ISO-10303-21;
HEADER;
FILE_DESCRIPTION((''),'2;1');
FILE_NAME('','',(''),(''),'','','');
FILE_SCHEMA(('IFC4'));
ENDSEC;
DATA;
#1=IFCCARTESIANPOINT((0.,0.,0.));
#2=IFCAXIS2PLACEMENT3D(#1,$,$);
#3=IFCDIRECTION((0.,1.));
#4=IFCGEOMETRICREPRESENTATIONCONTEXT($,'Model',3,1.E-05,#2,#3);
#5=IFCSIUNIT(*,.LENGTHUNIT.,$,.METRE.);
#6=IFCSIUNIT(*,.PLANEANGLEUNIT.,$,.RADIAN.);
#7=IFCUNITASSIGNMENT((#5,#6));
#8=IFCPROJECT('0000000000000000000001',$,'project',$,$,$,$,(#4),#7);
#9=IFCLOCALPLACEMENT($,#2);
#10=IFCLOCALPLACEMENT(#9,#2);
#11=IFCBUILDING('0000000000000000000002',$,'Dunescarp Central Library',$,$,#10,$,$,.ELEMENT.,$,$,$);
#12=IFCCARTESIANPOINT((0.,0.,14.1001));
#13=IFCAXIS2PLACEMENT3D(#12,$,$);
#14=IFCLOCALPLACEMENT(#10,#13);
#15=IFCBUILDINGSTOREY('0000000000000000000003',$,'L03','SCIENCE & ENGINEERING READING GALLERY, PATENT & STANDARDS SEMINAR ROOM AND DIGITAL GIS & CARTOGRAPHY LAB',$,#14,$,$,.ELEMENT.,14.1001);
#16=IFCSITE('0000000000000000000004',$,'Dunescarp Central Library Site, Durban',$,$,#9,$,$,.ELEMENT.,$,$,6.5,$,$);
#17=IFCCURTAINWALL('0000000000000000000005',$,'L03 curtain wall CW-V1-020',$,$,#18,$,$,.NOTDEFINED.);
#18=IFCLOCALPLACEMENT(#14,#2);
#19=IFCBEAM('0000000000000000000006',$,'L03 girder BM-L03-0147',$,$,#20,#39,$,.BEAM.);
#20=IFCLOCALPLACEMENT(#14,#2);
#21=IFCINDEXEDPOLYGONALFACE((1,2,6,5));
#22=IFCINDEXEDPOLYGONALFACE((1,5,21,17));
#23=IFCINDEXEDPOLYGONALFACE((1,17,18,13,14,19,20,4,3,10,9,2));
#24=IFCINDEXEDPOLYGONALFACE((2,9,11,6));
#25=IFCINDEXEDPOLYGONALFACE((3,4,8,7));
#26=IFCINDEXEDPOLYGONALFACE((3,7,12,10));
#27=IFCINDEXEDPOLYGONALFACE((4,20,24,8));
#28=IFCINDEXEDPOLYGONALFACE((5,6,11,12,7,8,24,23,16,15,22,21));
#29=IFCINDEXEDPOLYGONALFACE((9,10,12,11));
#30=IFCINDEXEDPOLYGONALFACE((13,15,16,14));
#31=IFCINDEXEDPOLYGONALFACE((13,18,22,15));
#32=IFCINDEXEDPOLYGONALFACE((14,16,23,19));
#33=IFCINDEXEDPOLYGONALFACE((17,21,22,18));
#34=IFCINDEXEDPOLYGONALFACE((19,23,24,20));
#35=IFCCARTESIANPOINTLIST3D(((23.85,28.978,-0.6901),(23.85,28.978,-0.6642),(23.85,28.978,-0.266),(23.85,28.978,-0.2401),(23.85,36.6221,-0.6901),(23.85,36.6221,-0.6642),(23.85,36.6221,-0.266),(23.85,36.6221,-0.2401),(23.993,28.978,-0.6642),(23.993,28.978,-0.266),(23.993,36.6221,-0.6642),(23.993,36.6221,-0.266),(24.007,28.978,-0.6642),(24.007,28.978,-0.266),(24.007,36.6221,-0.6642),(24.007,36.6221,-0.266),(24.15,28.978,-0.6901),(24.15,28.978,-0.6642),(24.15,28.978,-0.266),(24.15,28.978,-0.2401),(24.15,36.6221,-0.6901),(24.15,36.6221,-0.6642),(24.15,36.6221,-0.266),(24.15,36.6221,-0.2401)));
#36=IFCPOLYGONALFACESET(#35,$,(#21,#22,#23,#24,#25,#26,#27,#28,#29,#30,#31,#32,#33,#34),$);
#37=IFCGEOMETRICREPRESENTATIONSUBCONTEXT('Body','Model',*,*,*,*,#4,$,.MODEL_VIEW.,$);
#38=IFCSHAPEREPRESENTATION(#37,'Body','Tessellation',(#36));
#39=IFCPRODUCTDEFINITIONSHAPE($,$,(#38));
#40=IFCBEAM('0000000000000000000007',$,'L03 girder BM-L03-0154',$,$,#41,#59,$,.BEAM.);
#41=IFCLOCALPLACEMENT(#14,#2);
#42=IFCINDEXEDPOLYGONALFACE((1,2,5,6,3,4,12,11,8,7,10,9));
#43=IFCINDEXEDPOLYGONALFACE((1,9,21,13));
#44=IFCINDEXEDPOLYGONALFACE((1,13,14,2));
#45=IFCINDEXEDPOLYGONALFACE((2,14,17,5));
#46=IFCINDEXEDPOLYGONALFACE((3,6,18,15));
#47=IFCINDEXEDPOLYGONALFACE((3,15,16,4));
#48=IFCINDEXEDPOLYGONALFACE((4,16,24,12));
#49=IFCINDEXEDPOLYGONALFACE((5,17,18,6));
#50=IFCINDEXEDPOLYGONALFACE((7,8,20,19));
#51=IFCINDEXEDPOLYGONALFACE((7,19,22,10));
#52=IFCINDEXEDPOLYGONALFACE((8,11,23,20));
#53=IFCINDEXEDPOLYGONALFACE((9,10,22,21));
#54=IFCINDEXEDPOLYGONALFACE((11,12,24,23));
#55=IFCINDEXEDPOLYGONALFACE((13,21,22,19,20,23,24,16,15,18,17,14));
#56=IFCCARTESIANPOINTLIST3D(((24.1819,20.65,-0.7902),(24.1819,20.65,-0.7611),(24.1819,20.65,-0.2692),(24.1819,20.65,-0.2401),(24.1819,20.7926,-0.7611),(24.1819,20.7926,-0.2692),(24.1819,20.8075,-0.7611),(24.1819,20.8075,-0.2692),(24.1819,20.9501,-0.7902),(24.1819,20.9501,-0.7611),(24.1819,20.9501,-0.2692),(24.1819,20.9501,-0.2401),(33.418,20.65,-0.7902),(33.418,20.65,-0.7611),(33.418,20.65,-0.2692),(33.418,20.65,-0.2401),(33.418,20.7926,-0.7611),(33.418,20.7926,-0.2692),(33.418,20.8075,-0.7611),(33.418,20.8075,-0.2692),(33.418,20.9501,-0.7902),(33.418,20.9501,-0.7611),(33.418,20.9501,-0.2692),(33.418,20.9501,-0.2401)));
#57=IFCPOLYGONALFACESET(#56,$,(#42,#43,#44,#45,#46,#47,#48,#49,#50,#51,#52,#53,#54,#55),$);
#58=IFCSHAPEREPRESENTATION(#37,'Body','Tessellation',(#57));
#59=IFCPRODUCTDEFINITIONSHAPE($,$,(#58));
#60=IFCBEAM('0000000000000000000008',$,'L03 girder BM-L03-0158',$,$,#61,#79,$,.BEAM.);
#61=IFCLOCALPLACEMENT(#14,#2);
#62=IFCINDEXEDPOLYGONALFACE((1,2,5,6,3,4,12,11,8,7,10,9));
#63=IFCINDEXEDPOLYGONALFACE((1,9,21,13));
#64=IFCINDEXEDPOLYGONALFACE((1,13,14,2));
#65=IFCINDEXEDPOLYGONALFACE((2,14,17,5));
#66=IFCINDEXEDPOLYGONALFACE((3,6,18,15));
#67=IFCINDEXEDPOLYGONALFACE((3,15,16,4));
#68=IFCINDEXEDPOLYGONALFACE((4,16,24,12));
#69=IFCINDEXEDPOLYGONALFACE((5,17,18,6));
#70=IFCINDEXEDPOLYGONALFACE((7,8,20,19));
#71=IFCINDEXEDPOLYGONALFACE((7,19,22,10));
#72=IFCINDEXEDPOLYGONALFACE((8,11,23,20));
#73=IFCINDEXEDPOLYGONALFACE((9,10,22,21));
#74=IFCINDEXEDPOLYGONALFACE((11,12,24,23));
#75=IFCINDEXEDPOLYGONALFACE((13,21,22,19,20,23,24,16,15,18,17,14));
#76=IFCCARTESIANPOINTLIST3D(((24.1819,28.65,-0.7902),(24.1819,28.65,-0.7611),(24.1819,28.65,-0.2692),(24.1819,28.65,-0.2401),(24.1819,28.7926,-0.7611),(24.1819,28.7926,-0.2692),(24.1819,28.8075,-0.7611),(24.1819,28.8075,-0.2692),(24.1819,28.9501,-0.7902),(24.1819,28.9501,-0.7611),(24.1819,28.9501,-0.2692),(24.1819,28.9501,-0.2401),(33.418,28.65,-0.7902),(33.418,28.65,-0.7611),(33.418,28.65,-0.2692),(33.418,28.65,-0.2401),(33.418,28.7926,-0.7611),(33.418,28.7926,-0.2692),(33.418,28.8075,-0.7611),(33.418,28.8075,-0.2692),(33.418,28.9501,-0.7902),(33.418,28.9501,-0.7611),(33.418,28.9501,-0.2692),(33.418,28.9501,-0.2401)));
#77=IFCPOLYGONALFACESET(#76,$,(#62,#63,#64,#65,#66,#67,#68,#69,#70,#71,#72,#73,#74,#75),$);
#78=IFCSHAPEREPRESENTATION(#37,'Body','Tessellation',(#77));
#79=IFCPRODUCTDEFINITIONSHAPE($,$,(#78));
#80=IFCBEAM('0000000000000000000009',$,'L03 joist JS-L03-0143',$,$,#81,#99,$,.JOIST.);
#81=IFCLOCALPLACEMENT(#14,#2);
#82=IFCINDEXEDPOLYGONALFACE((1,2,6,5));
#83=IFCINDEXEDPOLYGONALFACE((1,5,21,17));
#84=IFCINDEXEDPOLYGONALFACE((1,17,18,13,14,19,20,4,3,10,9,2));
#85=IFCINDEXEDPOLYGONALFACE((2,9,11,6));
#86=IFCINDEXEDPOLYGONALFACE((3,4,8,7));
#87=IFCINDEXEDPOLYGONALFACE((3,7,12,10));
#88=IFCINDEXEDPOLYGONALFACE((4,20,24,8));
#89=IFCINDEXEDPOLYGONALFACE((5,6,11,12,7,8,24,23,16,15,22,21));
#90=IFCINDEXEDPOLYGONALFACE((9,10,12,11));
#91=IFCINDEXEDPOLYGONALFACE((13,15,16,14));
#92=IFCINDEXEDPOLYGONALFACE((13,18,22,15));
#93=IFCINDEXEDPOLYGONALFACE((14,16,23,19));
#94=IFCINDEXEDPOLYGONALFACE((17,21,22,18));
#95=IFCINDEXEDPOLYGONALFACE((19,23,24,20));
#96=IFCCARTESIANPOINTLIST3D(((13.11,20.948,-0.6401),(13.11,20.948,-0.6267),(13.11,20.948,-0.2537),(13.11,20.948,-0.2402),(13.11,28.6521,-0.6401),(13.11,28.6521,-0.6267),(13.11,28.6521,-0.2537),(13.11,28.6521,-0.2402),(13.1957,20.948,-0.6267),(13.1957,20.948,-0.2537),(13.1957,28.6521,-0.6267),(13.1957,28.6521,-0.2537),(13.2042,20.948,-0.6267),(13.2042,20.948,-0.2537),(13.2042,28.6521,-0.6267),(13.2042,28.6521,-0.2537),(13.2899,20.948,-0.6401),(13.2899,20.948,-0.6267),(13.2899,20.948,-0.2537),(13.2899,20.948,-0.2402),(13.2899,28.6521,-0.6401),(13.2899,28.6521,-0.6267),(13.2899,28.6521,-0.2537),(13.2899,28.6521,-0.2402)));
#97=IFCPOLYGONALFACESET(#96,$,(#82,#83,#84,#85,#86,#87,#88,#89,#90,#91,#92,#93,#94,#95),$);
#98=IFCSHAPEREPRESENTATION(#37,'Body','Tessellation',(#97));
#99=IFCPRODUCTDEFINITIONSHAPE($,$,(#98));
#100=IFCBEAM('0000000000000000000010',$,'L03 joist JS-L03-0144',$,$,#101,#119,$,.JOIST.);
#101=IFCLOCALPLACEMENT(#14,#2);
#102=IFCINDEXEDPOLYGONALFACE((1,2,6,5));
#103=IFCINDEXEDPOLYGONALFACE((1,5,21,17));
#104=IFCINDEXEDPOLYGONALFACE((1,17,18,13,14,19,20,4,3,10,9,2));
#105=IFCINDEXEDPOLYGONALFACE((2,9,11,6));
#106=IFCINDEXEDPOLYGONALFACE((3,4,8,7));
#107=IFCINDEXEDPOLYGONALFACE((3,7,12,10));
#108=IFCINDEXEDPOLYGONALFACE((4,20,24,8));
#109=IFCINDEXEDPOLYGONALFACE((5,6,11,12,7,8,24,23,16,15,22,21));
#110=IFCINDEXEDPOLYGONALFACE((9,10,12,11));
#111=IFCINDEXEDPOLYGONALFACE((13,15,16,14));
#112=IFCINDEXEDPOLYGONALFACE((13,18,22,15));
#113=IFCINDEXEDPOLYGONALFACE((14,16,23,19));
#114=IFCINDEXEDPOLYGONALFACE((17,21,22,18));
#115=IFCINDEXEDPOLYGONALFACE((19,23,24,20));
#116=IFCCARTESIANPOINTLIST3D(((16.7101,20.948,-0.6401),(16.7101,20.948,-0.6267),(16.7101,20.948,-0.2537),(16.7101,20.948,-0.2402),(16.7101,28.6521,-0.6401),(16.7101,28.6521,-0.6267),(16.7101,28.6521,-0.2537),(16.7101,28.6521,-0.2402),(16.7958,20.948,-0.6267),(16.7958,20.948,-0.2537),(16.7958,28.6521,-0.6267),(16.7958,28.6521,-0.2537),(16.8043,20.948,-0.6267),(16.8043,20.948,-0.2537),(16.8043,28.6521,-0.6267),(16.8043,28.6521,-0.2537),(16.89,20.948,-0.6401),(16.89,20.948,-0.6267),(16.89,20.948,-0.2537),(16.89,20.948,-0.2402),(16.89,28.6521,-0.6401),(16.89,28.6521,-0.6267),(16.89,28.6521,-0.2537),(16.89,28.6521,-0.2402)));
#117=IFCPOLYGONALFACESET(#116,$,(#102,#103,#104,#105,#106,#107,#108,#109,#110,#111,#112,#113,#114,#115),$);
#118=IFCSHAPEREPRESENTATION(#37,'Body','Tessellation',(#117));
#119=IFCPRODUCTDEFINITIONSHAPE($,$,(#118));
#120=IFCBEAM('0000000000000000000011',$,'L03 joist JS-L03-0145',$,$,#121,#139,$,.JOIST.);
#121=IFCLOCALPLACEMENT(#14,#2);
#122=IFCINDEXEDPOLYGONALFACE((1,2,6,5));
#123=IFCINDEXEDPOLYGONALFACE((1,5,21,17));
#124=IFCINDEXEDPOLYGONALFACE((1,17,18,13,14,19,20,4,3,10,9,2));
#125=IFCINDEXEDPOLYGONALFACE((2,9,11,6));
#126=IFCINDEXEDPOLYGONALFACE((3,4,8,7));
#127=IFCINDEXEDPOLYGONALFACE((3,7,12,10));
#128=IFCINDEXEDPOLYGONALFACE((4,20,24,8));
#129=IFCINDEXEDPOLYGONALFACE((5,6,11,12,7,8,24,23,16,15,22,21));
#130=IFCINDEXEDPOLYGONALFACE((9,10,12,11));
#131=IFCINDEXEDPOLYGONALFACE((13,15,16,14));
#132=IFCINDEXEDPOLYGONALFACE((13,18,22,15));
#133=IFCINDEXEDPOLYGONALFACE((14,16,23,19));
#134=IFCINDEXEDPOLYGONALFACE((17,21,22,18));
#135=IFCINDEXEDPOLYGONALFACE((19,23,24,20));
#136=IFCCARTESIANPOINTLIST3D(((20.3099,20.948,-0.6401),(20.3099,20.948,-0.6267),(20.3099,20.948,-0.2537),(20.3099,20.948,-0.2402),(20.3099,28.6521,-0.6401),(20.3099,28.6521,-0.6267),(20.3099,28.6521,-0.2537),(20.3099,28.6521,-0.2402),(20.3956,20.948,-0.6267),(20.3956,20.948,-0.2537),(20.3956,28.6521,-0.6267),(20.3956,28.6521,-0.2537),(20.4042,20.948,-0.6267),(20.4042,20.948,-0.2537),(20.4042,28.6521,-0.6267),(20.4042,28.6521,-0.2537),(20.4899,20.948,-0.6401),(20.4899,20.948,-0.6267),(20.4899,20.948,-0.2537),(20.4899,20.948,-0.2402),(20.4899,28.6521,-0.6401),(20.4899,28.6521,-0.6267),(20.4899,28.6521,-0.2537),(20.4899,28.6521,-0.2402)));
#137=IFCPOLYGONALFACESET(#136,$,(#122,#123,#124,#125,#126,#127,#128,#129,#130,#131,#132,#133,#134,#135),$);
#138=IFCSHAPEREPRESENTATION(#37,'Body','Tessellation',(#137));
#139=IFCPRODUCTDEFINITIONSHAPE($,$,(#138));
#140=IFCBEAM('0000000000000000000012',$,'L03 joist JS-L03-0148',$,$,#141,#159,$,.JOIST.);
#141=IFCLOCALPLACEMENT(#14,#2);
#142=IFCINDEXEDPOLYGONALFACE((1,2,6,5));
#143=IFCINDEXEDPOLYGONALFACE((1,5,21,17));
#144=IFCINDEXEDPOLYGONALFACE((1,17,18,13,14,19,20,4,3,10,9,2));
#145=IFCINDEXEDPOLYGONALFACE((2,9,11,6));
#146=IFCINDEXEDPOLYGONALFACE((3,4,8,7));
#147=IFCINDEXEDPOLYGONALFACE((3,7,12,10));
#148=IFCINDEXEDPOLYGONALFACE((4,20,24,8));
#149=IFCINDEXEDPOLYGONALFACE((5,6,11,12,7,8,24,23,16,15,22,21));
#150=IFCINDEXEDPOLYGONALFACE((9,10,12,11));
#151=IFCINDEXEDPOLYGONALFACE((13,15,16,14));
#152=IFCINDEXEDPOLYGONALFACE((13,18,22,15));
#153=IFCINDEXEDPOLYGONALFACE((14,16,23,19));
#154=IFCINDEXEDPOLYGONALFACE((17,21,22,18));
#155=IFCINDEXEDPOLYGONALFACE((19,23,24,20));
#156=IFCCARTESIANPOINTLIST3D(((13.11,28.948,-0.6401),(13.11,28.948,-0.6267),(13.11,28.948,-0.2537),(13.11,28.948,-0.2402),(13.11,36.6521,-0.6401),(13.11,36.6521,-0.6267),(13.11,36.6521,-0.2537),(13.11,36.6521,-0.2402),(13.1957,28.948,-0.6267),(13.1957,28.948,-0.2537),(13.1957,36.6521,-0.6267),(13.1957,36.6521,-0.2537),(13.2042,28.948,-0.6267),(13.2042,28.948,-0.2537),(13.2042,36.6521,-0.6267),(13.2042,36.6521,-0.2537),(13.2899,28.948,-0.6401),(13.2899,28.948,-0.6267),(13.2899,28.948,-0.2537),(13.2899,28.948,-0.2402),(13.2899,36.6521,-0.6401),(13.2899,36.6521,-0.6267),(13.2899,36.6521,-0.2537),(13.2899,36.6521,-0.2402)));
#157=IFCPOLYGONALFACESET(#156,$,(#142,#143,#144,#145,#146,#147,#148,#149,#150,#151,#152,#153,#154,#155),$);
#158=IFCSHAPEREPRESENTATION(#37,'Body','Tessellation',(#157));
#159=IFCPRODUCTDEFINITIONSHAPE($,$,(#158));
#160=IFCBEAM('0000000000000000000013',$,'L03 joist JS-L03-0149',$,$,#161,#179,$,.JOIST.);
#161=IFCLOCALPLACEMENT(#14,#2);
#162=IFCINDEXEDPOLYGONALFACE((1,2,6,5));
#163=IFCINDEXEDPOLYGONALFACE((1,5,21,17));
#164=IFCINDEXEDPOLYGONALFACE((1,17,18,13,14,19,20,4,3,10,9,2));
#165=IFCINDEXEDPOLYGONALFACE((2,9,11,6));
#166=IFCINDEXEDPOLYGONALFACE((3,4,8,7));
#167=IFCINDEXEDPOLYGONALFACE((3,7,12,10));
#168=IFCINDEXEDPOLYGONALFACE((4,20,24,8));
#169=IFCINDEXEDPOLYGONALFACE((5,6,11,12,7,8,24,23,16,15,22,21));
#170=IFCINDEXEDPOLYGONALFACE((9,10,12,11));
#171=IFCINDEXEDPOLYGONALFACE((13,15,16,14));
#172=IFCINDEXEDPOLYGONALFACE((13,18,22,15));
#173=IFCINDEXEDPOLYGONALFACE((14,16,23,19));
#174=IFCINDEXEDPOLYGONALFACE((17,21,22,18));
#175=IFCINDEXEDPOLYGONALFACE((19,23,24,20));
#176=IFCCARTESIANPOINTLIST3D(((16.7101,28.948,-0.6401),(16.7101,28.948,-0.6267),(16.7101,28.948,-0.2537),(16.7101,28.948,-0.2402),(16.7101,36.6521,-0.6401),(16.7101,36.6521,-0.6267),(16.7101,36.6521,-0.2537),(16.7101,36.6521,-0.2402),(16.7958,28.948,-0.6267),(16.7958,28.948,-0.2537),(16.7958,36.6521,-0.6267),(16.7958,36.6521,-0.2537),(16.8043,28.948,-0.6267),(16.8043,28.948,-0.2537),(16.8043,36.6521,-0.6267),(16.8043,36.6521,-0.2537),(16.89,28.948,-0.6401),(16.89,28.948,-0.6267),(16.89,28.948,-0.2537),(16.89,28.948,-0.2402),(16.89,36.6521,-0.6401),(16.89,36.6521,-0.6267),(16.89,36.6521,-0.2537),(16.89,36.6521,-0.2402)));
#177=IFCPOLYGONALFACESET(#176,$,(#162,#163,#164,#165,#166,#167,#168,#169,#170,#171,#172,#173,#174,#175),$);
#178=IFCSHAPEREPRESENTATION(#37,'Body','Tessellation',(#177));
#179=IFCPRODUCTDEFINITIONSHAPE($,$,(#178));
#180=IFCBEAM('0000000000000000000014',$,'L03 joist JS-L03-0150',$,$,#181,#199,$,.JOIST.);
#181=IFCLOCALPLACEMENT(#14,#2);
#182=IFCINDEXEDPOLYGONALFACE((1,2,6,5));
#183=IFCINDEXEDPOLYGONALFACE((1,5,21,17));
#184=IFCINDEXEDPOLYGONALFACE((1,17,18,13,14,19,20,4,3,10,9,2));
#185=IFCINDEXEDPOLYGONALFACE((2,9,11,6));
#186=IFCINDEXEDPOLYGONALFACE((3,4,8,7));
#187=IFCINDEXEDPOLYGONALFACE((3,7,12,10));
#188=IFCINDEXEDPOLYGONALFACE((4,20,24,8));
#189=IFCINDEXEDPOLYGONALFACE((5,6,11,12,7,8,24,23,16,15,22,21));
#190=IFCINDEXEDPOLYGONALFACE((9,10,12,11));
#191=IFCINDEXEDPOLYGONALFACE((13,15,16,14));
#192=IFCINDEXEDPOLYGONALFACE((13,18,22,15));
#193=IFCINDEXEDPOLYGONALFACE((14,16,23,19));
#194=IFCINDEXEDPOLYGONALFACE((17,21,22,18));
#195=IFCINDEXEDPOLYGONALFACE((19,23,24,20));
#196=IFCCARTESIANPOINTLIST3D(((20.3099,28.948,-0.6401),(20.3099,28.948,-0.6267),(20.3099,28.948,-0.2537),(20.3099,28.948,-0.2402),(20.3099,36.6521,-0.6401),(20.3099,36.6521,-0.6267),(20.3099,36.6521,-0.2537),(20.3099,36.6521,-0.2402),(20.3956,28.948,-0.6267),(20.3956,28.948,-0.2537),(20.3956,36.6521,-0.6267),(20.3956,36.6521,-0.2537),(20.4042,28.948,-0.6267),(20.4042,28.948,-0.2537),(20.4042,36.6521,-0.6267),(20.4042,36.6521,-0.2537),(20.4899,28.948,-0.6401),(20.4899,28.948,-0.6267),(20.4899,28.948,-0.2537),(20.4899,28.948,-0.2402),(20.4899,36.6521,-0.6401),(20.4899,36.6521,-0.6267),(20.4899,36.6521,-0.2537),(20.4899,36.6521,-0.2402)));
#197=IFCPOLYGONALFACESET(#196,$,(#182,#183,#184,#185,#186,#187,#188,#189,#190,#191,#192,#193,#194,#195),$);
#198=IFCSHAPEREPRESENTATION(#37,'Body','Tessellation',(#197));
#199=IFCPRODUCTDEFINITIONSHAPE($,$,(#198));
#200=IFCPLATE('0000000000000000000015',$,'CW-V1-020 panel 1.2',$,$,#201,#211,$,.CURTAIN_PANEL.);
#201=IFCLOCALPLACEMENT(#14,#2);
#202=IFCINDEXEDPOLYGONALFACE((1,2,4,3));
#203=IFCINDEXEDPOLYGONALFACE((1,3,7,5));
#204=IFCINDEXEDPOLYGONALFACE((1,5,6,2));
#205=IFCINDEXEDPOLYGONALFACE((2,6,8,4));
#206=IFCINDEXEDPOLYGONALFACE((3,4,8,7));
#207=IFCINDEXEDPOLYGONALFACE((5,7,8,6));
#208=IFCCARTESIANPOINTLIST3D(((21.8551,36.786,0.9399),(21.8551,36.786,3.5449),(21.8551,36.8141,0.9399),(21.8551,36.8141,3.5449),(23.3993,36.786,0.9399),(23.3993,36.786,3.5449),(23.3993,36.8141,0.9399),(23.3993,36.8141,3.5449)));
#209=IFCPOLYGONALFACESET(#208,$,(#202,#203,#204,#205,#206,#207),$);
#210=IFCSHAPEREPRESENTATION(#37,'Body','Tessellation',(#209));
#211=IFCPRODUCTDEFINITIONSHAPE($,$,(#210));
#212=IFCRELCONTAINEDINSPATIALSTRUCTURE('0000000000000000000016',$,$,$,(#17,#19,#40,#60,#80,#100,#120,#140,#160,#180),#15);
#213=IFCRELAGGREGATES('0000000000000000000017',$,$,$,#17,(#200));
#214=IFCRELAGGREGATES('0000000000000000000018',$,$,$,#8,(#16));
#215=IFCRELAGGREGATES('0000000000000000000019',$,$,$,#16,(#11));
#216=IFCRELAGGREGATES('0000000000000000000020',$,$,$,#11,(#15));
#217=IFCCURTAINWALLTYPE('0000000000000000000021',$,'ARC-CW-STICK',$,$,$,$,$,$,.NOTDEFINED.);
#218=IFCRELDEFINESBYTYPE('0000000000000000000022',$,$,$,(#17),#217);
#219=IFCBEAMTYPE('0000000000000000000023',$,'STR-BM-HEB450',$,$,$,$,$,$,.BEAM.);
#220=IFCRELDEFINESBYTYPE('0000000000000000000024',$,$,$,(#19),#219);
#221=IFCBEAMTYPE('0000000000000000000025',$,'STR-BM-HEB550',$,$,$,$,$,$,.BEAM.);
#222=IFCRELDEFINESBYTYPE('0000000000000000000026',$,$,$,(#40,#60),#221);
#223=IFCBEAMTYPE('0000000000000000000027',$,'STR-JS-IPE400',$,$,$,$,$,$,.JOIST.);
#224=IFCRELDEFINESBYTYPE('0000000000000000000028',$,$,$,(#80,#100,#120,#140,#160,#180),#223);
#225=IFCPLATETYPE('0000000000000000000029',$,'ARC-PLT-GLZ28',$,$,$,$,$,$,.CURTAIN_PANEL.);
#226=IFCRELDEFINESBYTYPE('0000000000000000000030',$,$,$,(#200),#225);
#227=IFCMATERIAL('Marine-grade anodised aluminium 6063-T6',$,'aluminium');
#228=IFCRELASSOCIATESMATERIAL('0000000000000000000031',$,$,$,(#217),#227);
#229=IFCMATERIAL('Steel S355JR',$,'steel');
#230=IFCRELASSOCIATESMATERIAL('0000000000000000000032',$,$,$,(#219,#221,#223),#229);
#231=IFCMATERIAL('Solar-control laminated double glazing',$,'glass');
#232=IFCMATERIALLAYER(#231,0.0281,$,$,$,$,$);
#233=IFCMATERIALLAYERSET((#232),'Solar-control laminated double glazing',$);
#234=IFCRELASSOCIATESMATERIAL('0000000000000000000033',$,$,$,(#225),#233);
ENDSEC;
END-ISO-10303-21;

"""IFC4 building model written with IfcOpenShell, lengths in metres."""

from ifc_helpers import new_model, si_unit, direction, frame, origin, origin_2d, place, context, subcontext, project, spatial, rectangle, i_section, extrude, material, layer, layer_set, material_profile, profile_set, type_object, element, aggregate, save


model = new_model("IFC4")

# Units and contexts
model_context = context("Model", 3, precision=1e-05, world=origin(), true_north=direction((0.0, 1.0)))
body_context = subcontext(model_context, "Body", "Model", "MODEL_VIEW")
ifc_project = project(units=[si_unit("LENGTHUNIT", "METRE"), si_unit("PLANEANGLEUNIT", "RADIAN")], contexts=[model_context])

# Site, building, storey
site_placement = place(None, origin())
site = spatial("IfcSite", under=ifc_project, at=site_placement, Name="Dunescarp Central Library Site, Durban", CompositionType="ELEMENT", RefElevation=6.5)
building_placement = place(site_placement, origin())
building = spatial("IfcBuilding", under=site, at=building_placement, Name="Dunescarp Central Library", CompositionType="ELEMENT")
storey_placement = place(building_placement, frame((0.0, 0.0, 14.1001)))
storey = spatial("IfcBuildingStorey", under=building, at=storey_placement, Name="L03", Description="SCIENCE & ENGINEERING READING GALLERY, PATENT & STANDARDS SEMINAR ROOM AND DIGITAL GIS & CARTOGRAPHY LAB", CompositionType="ELEMENT", Elevation=14.1001)

# Shared definitions
ifc_material_1 = material(Name="Steel S355JR", Category="steel")

# Curtain wall
ifc_material_2 = material(Name="Marine-grade anodised aluminium 6063-T6", Category="aluminium")
curtain_wall_type = type_object("IfcCurtainWallType", Name="ARC-CW-STICK", PredefinedType="NOTDEFINED", material=ifc_material_2)
curtain_wall_placement = place(storey_placement, origin())
curtain_wall = element("IfcCurtainWall", 1, at=curtain_wall_placement, inside=storey, type_object=curtain_wall_type, Name="L03 curtain wall CW-V1-020", PredefinedType="NOTDEFINED")

# Beams
ifc_material_profile_1 = material_profile(ifc_material_1, i_section(OverallWidth=0.3, OverallDepth=0.45, WebThickness=0.0139, FlangeThickness=0.0259, at=origin_2d()), Name="HEB 450")
ifc_profile_set_1 = profile_set([ifc_material_profile_1], Name="Steel S355JR")
beam_type_1 = type_object("IfcBeamType", Name="STR-BM-HEB450", PredefinedType="BEAM", material=ifc_profile_set_1)
for number, where, z_axis, x_axis, name in (
    (2, (24.0, 28.978, -0.4651), (0.0, 1.0, 0.0), (-1.0, 0.0, 0.0), "L03 girder BM-L03-0147"),
):
    element("IfcBeam", number, at=place(storey_placement, frame(where, z_axis=z_axis, x_axis=x_axis)), inside=storey, type_object=beam_type_1, Name=name, PredefinedType="BEAM", context=body_context, shape_type="SweptSolid", body=[
        extrude(i_section(OverallWidth=0.3, OverallDepth=0.45, WebThickness=0.0139, FlangeThickness=0.0259, at=origin_2d()), origin(), (0.0, 0.0, 1.0), 7.644),
    ])
ifc_material_profile_2 = material_profile(ifc_material_1, i_section(OverallWidth=0.3, OverallDepth=0.55, WebThickness=0.0149, FlangeThickness=0.0291, at=origin_2d()), Name="HEB 550")
ifc_profile_set_2 = profile_set([ifc_material_profile_2], Name="Steel S355JR")
beam_type_2 = type_object("IfcBeamType", Name="STR-BM-HEB550", PredefinedType="BEAM", material=ifc_profile_set_2)
for number, where, z_axis, x_axis, name in (
    (3, (24.1819, 20.8, -0.5151), (1.0, 0.0, 0.0), (0.0, 1.0, 0.0), "L03 girder BM-L03-0154"),
    (4, (24.1819, 28.8, -0.5151), (1.0, 0.0, 0.0), (0.0, 1.0, 0.0), "L03 girder BM-L03-0158"),
):
    element("IfcBeam", number, at=place(storey_placement, frame(where, z_axis=z_axis, x_axis=x_axis)), inside=storey, type_object=beam_type_2, Name=name, PredefinedType="BEAM", context=body_context, shape_type="SweptSolid", body=[
        extrude(i_section(OverallWidth=0.3, OverallDepth=0.55, WebThickness=0.0149, FlangeThickness=0.0291, at=origin_2d()), origin(), (0.0, 0.0, 1.0), 9.2361),
    ])
ifc_material_profile_3 = material_profile(ifc_material_1, i_section(OverallWidth=0.1799, OverallDepth=0.3999, WebThickness=0.0085, FlangeThickness=0.0134, at=origin_2d()), Name="IPE 400")
ifc_profile_set_3 = profile_set([ifc_material_profile_3], Name="Steel S355JR")
beam_type_3 = type_object("IfcBeamType", Name="STR-JS-IPE400", PredefinedType="JOIST", material=ifc_profile_set_3)
for number, where, z_axis, x_axis, name in (
    (5, (13.2, 20.948, -0.4402), (0.0, 1.0, 0.0), (-1.0, 0.0, 0.0), "L03 joist JS-L03-0143"),
    (6, (16.8, 20.948, -0.4402), (0.0, 1.0, 0.0), (-1.0, 0.0, 0.0), "L03 joist JS-L03-0144"),
    (7, (20.3999, 20.948, -0.4402), (0.0, 1.0, 0.0), (-1.0, 0.0, 0.0), "L03 joist JS-L03-0145"),
    (8, (13.2, 28.948, -0.4402), (0.0, 1.0, 0.0), (-1.0, 0.0, 0.0), "L03 joist JS-L03-0148"),
    (9, (16.8, 28.948, -0.4402), (0.0, 1.0, 0.0), (-1.0, 0.0, 0.0), "L03 joist JS-L03-0149"),
    (10, (20.3999, 28.948, -0.4402), (0.0, 1.0, 0.0), (-1.0, 0.0, 0.0), "L03 joist JS-L03-0150"),
):
    element("IfcBeam", number, at=place(storey_placement, frame(where, z_axis=z_axis, x_axis=x_axis)), inside=storey, type_object=beam_type_3, Name=name, PredefinedType="JOIST", context=body_context, shape_type="SweptSolid", body=[
        extrude(i_section(OverallWidth=0.1799, OverallDepth=0.3999, WebThickness=0.0085, FlangeThickness=0.0134, at=origin_2d()), origin(), (0.0, 0.0, 1.0), 7.7041),
    ])

# Plate
ifc_material_3 = material(Name="Solar-control laminated double glazing", Category="glass")
ifc_layer_1 = layer(ifc_material_3, 0.0281)
ifc_layer_set_1 = layer_set([ifc_layer_1], Name="Solar-control laminated double glazing")
plate_type_1 = type_object("IfcPlateType", Name="ARC-PLT-GLZ28", PredefinedType="CURTAIN_PANEL", material=ifc_layer_set_1)
plate_1_placement = place(storey_placement, frame((22.6272, 36.8, 0.9399), z_axis=(0.0, 0.0, 1.0), x_axis=(1.0, 0.0, 0.0)))
plate_1 = element("IfcPlate", 11, at=plate_1_placement, type_object=plate_type_1, Name="CW-V1-020 panel 1.2", PredefinedType="CURTAIN_PANEL", context=body_context, shape_type="SweptSolid", body=[
    extrude(rectangle(XDim=1.5442, YDim=0.0281, at=origin_2d()), origin(), (0.0, 0.0, 1.0), 2.605),
])
aggregate(curtain_wall, [plate_1])

save(model, "model.ifc")
